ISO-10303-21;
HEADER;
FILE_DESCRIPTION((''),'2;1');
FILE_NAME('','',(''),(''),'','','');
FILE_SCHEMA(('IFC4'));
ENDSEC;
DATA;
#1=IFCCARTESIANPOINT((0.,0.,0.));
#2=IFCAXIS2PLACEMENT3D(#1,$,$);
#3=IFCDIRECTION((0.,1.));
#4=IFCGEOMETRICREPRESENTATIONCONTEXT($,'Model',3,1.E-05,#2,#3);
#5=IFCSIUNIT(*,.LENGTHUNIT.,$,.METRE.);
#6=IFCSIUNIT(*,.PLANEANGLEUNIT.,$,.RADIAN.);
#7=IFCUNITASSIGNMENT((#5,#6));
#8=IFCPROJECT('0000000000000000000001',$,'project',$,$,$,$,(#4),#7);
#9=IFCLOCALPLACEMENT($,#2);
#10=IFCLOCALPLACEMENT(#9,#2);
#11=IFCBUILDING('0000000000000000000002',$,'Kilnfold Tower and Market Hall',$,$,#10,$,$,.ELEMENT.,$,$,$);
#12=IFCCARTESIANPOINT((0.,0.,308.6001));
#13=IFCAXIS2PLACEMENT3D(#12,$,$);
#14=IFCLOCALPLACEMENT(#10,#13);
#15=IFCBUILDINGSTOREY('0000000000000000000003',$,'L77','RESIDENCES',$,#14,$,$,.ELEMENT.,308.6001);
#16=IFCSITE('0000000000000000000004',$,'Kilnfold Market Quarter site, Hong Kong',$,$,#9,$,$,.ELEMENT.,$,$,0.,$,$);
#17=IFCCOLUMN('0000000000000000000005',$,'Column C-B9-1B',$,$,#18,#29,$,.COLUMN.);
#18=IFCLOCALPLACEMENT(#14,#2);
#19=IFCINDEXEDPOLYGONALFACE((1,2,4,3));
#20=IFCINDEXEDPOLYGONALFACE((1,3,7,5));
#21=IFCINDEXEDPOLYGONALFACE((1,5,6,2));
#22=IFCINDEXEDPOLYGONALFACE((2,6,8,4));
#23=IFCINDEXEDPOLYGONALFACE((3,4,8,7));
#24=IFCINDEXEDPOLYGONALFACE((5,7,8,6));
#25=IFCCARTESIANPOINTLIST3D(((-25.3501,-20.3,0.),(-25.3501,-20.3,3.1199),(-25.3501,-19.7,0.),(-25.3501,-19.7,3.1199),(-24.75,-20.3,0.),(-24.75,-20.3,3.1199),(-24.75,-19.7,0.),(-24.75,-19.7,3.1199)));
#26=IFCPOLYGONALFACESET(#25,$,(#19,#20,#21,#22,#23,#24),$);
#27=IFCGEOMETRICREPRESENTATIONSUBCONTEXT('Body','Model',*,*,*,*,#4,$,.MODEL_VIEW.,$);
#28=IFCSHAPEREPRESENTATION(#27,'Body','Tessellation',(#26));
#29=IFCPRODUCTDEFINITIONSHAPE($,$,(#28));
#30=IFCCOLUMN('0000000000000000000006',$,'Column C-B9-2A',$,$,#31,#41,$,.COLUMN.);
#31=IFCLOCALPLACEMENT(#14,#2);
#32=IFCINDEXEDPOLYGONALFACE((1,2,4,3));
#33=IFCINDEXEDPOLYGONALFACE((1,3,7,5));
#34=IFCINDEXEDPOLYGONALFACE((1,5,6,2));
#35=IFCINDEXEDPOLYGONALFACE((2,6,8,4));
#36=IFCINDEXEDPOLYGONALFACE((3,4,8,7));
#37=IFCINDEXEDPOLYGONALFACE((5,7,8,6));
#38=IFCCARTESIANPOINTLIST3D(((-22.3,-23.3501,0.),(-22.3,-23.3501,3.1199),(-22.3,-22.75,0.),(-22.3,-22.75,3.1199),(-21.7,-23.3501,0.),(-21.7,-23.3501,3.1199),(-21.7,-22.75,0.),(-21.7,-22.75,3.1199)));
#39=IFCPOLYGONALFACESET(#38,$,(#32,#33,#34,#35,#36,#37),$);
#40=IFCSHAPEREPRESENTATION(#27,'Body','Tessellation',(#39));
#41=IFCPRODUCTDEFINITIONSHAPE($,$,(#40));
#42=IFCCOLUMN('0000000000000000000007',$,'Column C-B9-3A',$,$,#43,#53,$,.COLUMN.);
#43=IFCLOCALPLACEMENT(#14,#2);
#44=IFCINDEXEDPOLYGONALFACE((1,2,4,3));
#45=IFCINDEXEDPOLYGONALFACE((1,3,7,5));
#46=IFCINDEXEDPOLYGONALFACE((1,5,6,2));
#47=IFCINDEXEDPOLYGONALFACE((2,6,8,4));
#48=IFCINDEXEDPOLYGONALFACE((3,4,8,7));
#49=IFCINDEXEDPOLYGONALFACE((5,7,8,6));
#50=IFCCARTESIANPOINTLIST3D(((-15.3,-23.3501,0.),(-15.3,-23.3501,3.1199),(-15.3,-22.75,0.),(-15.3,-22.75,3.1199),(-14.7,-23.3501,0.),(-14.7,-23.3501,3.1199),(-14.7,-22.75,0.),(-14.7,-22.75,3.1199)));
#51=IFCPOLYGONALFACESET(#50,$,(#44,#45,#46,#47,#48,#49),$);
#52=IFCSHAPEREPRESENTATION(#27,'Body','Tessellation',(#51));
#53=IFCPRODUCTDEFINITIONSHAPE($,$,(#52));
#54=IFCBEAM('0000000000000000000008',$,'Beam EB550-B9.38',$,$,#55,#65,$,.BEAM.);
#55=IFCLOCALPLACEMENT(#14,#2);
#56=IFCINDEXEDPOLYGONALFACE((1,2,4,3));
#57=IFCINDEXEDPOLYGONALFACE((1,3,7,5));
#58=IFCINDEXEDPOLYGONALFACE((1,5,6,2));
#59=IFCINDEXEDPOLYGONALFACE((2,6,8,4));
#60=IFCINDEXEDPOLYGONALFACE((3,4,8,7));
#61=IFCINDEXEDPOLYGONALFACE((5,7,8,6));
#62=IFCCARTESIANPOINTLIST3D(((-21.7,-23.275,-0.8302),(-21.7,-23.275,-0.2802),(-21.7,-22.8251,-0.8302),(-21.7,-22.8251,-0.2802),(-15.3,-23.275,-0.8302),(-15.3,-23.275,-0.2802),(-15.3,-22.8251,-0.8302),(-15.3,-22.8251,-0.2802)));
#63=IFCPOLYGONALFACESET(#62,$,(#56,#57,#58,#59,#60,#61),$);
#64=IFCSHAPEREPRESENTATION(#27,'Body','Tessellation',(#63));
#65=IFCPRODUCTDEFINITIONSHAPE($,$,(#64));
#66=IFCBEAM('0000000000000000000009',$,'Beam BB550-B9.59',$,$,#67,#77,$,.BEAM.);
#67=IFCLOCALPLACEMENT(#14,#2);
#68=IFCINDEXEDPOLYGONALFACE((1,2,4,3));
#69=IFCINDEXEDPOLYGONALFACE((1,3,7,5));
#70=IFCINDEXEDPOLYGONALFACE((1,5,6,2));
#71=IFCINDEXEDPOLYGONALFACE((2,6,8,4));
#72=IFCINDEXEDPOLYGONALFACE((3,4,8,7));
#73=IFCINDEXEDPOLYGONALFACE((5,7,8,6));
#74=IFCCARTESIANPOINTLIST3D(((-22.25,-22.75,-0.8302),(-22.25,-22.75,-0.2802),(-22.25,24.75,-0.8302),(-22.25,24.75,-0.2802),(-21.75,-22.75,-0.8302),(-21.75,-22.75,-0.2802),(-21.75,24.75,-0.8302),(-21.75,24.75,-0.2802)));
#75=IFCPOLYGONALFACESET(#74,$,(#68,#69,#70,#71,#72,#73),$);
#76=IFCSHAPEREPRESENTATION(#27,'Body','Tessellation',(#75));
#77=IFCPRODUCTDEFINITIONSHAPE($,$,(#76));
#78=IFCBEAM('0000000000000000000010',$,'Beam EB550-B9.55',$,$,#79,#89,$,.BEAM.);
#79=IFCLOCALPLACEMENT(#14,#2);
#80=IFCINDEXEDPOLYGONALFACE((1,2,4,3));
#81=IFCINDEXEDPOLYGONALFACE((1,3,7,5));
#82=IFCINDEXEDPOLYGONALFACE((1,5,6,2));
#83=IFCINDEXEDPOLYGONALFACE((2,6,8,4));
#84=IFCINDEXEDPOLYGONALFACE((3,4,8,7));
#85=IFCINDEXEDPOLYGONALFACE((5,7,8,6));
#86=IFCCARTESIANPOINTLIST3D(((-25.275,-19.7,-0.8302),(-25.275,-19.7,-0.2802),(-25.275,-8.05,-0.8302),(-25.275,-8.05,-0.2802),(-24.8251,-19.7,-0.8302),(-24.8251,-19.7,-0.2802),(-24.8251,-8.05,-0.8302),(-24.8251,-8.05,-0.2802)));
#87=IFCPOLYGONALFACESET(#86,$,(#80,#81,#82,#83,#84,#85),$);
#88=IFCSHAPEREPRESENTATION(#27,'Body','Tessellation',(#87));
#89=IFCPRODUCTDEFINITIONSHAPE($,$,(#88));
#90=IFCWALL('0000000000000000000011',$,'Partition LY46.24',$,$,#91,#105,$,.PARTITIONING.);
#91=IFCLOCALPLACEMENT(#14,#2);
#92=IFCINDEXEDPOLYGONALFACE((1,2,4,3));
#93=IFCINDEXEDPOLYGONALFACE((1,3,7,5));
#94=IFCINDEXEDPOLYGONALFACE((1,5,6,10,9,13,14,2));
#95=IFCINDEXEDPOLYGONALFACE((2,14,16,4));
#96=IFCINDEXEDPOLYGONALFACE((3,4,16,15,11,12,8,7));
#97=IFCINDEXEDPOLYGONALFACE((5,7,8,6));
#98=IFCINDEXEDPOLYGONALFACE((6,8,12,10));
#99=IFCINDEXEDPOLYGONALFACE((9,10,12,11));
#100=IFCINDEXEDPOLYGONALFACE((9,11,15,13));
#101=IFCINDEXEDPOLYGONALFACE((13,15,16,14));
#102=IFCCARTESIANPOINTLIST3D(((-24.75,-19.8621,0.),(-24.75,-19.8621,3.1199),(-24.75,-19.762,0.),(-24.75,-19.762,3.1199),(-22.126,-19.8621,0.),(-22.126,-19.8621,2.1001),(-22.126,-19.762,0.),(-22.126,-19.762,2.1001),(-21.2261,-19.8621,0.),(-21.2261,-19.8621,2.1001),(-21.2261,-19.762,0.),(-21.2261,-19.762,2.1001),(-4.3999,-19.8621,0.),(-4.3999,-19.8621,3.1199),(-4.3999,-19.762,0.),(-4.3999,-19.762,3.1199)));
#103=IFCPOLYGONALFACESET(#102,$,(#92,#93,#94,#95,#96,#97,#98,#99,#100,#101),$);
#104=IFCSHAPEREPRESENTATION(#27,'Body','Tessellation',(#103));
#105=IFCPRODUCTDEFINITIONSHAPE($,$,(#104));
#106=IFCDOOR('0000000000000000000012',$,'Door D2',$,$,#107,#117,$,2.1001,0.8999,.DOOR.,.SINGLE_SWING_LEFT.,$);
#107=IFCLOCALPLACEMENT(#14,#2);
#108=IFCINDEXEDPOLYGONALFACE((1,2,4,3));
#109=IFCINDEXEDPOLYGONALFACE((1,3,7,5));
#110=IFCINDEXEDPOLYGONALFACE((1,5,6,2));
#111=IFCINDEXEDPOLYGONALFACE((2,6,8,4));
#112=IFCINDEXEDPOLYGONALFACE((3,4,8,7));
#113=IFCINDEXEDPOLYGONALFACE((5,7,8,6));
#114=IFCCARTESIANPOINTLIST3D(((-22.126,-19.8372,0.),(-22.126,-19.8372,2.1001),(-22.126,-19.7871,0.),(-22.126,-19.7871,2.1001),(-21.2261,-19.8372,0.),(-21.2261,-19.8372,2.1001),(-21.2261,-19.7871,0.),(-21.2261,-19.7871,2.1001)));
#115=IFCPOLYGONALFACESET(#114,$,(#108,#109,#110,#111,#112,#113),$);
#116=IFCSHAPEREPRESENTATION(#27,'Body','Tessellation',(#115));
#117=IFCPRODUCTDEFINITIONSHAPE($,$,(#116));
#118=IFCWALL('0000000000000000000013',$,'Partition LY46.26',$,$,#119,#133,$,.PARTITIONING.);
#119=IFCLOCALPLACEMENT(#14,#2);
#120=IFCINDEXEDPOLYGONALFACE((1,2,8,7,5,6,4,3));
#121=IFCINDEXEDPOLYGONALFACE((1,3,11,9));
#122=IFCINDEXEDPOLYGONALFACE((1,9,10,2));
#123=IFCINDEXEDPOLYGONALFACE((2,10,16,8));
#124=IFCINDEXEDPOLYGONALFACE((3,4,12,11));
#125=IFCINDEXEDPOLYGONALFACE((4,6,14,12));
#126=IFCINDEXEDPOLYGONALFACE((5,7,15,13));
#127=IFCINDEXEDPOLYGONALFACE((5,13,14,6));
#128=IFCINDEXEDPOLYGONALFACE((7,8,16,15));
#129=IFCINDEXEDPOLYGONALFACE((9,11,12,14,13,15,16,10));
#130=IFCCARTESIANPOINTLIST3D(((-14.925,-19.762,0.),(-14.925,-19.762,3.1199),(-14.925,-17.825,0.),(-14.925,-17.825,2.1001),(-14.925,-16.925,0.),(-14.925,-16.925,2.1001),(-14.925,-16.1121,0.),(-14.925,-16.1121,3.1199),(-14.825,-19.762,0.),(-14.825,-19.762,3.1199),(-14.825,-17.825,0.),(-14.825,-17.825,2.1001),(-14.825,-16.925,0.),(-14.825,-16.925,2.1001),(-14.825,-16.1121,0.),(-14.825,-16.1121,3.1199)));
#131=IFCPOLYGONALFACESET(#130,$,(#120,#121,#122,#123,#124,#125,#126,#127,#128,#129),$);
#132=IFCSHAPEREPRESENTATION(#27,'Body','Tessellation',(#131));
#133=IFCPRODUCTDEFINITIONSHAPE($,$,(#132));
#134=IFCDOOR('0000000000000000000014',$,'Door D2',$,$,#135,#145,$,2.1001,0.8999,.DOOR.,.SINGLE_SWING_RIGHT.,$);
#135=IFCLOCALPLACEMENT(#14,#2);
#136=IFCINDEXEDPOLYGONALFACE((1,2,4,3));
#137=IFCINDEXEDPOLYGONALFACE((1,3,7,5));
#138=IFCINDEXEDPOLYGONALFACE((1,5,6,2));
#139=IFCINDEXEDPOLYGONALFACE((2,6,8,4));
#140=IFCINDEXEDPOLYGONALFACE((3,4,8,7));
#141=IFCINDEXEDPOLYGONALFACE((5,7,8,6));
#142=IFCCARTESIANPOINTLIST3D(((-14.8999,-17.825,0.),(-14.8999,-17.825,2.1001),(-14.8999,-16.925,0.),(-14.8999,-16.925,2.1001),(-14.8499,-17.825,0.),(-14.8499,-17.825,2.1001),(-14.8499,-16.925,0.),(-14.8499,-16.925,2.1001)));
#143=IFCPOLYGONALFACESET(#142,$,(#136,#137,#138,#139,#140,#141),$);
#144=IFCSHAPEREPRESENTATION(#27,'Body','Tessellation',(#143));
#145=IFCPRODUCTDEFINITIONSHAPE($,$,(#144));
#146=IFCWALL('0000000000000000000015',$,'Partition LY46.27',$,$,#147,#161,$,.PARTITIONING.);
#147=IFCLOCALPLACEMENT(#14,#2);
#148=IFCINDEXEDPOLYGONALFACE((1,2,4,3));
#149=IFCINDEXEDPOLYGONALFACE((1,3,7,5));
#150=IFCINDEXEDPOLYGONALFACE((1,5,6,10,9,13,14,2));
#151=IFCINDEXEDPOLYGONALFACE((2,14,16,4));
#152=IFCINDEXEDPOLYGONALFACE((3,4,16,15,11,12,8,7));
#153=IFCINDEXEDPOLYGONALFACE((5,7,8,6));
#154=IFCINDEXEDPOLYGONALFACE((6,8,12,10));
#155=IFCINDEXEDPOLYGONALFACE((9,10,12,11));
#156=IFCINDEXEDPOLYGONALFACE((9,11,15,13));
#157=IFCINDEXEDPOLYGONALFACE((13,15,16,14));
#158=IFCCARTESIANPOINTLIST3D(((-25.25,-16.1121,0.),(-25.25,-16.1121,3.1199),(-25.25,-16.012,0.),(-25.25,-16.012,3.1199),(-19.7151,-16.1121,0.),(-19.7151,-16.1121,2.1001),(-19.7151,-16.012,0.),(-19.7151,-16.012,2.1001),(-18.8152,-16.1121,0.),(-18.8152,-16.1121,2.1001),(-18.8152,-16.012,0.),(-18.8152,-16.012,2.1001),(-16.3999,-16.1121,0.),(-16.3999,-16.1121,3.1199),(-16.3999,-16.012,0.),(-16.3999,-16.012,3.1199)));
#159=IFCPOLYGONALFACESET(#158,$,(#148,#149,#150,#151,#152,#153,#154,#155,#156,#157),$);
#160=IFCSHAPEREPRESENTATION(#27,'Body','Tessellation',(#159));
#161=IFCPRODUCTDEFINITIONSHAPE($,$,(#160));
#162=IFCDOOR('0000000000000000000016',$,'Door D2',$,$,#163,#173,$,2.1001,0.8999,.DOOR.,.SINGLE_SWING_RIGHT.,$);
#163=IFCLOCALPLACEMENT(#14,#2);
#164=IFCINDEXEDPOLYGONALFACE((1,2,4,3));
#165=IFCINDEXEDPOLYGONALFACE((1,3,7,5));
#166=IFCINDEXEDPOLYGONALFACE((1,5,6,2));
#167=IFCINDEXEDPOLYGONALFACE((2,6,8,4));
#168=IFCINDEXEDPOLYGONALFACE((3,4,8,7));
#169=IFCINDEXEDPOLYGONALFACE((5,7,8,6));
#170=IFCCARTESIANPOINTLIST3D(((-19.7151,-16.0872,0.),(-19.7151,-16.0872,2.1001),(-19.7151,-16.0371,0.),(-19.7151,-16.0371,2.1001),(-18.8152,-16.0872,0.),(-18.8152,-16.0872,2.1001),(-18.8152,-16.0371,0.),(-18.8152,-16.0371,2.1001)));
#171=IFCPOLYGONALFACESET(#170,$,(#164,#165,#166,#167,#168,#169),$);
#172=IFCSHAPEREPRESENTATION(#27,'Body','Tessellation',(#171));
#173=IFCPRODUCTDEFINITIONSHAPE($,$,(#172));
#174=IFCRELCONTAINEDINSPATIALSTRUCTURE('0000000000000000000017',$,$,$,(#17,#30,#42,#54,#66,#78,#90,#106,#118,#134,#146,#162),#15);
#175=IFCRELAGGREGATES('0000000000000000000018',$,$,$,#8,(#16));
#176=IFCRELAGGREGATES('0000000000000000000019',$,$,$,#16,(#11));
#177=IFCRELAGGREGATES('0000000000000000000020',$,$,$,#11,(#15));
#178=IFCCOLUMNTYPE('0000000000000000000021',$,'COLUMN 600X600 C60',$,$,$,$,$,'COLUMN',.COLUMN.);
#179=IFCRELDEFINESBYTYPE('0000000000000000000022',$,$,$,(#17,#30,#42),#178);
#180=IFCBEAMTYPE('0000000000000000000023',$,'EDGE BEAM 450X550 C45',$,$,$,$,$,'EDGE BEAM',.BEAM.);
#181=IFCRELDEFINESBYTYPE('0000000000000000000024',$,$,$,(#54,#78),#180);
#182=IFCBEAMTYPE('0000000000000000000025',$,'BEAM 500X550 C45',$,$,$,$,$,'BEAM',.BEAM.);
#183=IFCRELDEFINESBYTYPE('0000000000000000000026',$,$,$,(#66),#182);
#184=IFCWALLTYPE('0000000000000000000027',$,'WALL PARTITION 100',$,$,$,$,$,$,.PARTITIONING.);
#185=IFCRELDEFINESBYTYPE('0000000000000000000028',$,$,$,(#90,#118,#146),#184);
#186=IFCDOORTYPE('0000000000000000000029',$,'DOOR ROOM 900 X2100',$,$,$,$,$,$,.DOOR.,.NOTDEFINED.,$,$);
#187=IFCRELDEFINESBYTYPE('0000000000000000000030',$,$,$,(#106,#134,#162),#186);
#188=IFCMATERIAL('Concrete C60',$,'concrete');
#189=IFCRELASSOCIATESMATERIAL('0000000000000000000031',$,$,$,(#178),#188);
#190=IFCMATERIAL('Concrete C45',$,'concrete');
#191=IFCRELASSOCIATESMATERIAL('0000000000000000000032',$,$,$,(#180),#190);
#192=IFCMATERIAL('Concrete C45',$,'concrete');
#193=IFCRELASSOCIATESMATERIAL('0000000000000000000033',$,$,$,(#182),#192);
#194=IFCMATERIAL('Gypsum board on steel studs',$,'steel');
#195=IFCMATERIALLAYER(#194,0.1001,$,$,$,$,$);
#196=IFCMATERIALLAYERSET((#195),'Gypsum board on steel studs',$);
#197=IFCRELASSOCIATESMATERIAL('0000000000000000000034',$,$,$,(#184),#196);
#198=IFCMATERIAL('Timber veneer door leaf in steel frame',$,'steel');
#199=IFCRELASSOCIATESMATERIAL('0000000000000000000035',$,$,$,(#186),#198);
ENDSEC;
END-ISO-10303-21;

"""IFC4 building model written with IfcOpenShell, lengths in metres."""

from ifc_helpers import new_model, si_unit, direction, frame, frame_2d, origin, origin_2d, place, context, subcontext, project, spatial, rectangle, extrude, source, transform, mapped, material, layer, layer_set, material_profile, profile_set, type_object, element, fill, save


model = new_model("IFC4")

# Units and contexts
model_context = context("Model", 3, precision=1e-05, world=origin(), true_north=direction((0.0, 1.0)))
body_context = subcontext(model_context, "Body", "Model", "MODEL_VIEW")
ifc_project = project(units=[si_unit("LENGTHUNIT", "METRE"), si_unit("PLANEANGLEUNIT", "RADIAN")], contexts=[model_context])

# Site, building, storey
site_placement = place(None, origin())
site = spatial("IfcSite", under=ifc_project, at=site_placement, Name="Kilnfold Market Quarter site, Hong Kong", CompositionType="ELEMENT", RefElevation=0.0)
building_placement = place(site_placement, origin())
building = spatial("IfcBuilding", under=site, at=building_placement, Name="Kilnfold Tower and Market Hall", CompositionType="ELEMENT")
storey_placement = place(building_placement, frame((0.0, 0.0, 308.6001)))
storey = spatial("IfcBuildingStorey", under=building, at=storey_placement, Name="L77", Description="RESIDENCES", CompositionType="ELEMENT", Elevation=308.6001)

# Columns
ifc_material_1 = material(Name="Concrete C60", Category="concrete")
ifc_material_profile_1 = material_profile(ifc_material_1, rectangle(XDim=0.6001, YDim=0.6001, at=origin_2d()), Name="RC 600x600")
ifc_profile_set_1 = profile_set([ifc_material_profile_1], Name="Concrete C60")
column_type = type_object("IfcColumnType", Name="COLUMN 600X600 C60", ElementType="COLUMN", PredefinedType="COLUMN", material=ifc_profile_set_1)
shared_shape_1 = source(origin(), body_context, "Body", "SweptSolid", [
    extrude(rectangle(XDim=0.6001, YDim=0.6001, at=origin_2d()), origin(), (0.0, 0.0, 1.0), 3.1199),
])
for number, where, z_axis, x_axis, name in (
    (1, (-25.05, -20.0, 0.0), (0.0, 0.0, 1.0), (1.0, 0.0, 0.0), "Column C-B9-1B"),
    (2, (-22.0, -23.05, 0.0), (0.0, 0.0, 1.0), (1.0, 0.0, 0.0), "Column C-B9-2A"),
    (3, (-15.0, -23.05, 0.0), (0.0, 0.0, 1.0), (1.0, 0.0, 0.0), "Column C-B9-3A"),
):
    element("IfcColumn", number, at=place(storey_placement, frame(where, z_axis=z_axis, x_axis=x_axis)), inside=storey, type_object=column_type, Name=name, PredefinedType="COLUMN", context=body_context, shape_type="MappedRepresentation", body=[
        mapped(shared_shape_1, transform((0.0, 0.0, 0.0))),
    ])

# Beams
ifc_material_2 = material(Name="Concrete C45", Category="concrete")
ifc_material_profile_2 = material_profile(ifc_material_2, rectangle(XDim=0.45, YDim=0.55, at=origin_2d()), Name="RC 450x550")
ifc_profile_set_2 = profile_set([ifc_material_profile_2], Name="Concrete C45")
beam_type_1 = type_object("IfcBeamType", Name="EDGE BEAM 450X550 C45", ElementType="EDGE BEAM", PredefinedType="BEAM", material=ifc_profile_set_2)
shared_shape_2 = source(origin(), body_context, "Body", "SweptSolid", [
    extrude(rectangle(XDim=0.45, YDim=0.55, at=origin_2d()), origin(), (0.0, 0.0, 1.0), 6.3999),
])
beam_1_placement = place(storey_placement, frame((-21.7, -23.05, -0.5552), z_axis=(1.0, 0.0, 0.0), x_axis=(0.0, 1.0, 0.0)))
element("IfcBeam", 4, at=beam_1_placement, inside=storey, type_object=beam_type_1, Name="Beam EB550-B9.38", PredefinedType="BEAM", context=body_context, shape_type="MappedRepresentation", body=[
    mapped(shared_shape_2, transform((0.0, 0.0, 0.0))),
])
ifc_material_3 = material(Name="Concrete C45", Category="concrete")
ifc_material_profile_3 = material_profile(ifc_material_3, rectangle(XDim=0.5, YDim=0.55, at=origin_2d()), Name="RC 500x550")
ifc_profile_set_3 = profile_set([ifc_material_profile_3], Name="Concrete C45")
beam_type_2 = type_object("IfcBeamType", Name="BEAM 500X550 C45", ElementType="BEAM", PredefinedType="BEAM", material=ifc_profile_set_3)
shared_shape_3 = source(origin(), body_context, "Body", "SweptSolid", [
    extrude(rectangle(XDim=0.5, YDim=0.55, at=origin_2d()), origin(), (0.0, 0.0, 1.0), 47.5),
])
beam_2_placement = place(storey_placement, frame((-22.0, -22.75, -0.5552), z_axis=(0.0, 1.0, 0.0), x_axis=(-1.0, 0.0, 0.0)))
element("IfcBeam", 5, at=beam_2_placement, inside=storey, type_object=beam_type_2, Name="Beam BB550-B9.59", PredefinedType="BEAM", context=body_context, shape_type="MappedRepresentation", body=[
    mapped(shared_shape_3, transform((0.0, 0.0, 0.0))),
])
shared_shape_4 = source(origin(), body_context, "Body", "SweptSolid", [
    extrude(rectangle(XDim=0.45, YDim=0.55, at=origin_2d()), origin(), (0.0, 0.0, 1.0), 11.6499),
])
beam_3_placement = place(storey_placement, frame((-25.05, -19.7, -0.5552), z_axis=(0.0, 1.0, 0.0), x_axis=(-1.0, 0.0, 0.0)))
element("IfcBeam", 6, at=beam_3_placement, inside=storey, type_object=beam_type_1, Name="Beam EB550-B9.55", PredefinedType="BEAM", context=body_context, shape_type="MappedRepresentation", body=[
    mapped(shared_shape_4, transform((0.0, 0.0, 0.0))),
])

# Walls, openings, doors
ifc_material_4 = material(Name="Gypsum board on steel studs", Category="steel")
ifc_layer_1 = layer(ifc_material_4, 0.1001)
ifc_layer_set_1 = layer_set([ifc_layer_1], Name="Gypsum board on steel studs")
wall_type_1 = type_object("IfcWallType", Name="WALL PARTITION 100", PredefinedType="PARTITIONING", material=ifc_layer_set_1)
wall_1_placement = place(storey_placement, frame((-24.75, -19.812, 0.0), z_axis=(0.0, 0.0, 1.0), x_axis=(1.0, 0.0, 0.0)))
wall_1 = element("IfcWall", 7, at=wall_1_placement, inside=storey, type_object=wall_type_1, Name="Partition LY46.24", PredefinedType="PARTITIONING", context=body_context, shape_type="SweptSolid", body=[
    extrude(rectangle(XDim=20.3501, YDim=0.1001, at=frame_2d((10.175, 0.0))), origin(), (0.0, 0.0, 1.0), 3.1199),
])
opening_1_placement = place(wall_1_placement, frame((2.624, 0.0, 0.0)))
opening_1 = element("IfcOpeningElement", 8, at=opening_1_placement, cuts=wall_1, PredefinedType="OPENING", context=body_context, shape_type="SweptSolid", body=[
    extrude(rectangle(XDim=0.8999, YDim=2.1001, at=frame_2d((0.45, 1.05))), frame((0.0, 0.0601, 0.0), z_axis=(0.0, -1.0, 0.0), x_axis=(1.0, 0.0, 0.0)), (0.0, 0.0, 1.0), 0.1201),
])
ifc_material_5 = material(Name="Timber veneer door leaf in steel frame", Category="steel")
door_type_1 = type_object("IfcDoorType", Name="DOOR ROOM 900 X2100", OperationType="NOTDEFINED", PredefinedType="DOOR", material=ifc_material_5)
door_1_placement = place(opening_1_placement, origin())
door_1 = element("IfcDoor", 9, at=door_1_placement, inside=storey, type_object=door_type_1, Name="Door D2", OperationType="SINGLE_SWING_LEFT", OverallHeight=2.1001, OverallWidth=0.8999, PredefinedType="DOOR", context=body_context, shape_type="SweptSolid", body=[
    extrude(rectangle(XDim=0.8999, YDim=2.1001, at=frame_2d((0.45, 1.05))), frame((0.0, 0.0249, 0.0), z_axis=(0.0, -1.0, 0.0), x_axis=(1.0, 0.0, 0.0)), (0.0, 0.0, 1.0), 0.05),
])
fill(opening_1, door_1)
wall_2_placement = place(storey_placement, frame((-14.875, -19.762, 0.0), z_axis=(0.0, 0.0, 1.0), x_axis=(0.0, 1.0, 0.0)))
wall_2 = element("IfcWall", 10, at=wall_2_placement, inside=storey, type_object=wall_type_1, Name="Partition LY46.26", PredefinedType="PARTITIONING", context=body_context, shape_type="SweptSolid", body=[
    extrude(rectangle(XDim=3.6499, YDim=0.1001, at=frame_2d((1.825, 0.0))), origin(), (0.0, 0.0, 1.0), 3.1199),
])
opening_2_placement = place(wall_2_placement, frame((1.937, 0.0, 0.0)))
opening_2 = element("IfcOpeningElement", 11, at=opening_2_placement, cuts=wall_2, PredefinedType="OPENING", context=body_context, shape_type="SweptSolid", body=[
    extrude(rectangle(XDim=0.8999, YDim=2.1001, at=frame_2d((0.45, 1.05))), frame((0.0, 0.0601, 0.0), z_axis=(0.0, -1.0, 0.0), x_axis=(1.0, 0.0, 0.0)), (0.0, 0.0, 1.0), 0.1201),
])
door_2_placement = place(opening_2_placement, origin())
door_2 = element("IfcDoor", 12, at=door_2_placement, inside=storey, type_object=door_type_1, Name="Door D2", OperationType="SINGLE_SWING_RIGHT", OverallHeight=2.1001, OverallWidth=0.8999, PredefinedType="DOOR", context=body_context, shape_type="SweptSolid", body=[
    extrude(rectangle(XDim=0.8999, YDim=2.1001, at=frame_2d((0.45, 1.05))), frame((0.0, 0.0249, 0.0), z_axis=(0.0, -1.0, 0.0), x_axis=(1.0, 0.0, 0.0)), (0.0, 0.0, 1.0), 0.05),
])
fill(opening_2, door_2)
wall_3_placement = place(storey_placement, frame((-25.25, -16.062, 0.0), z_axis=(0.0, 0.0, 1.0), x_axis=(1.0, 0.0, 0.0)))
wall_3 = element("IfcWall", 13, at=wall_3_placement, inside=storey, type_object=wall_type_1, Name="Partition LY46.27", PredefinedType="PARTITIONING", context=body_context, shape_type="SweptSolid", body=[
    extrude(rectangle(XDim=8.8501, YDim=0.1001, at=frame_2d((4.425, 0.0))), origin(), (0.0, 0.0, 1.0), 3.1199),
])
opening_3_placement = place(wall_3_placement, frame((5.5349, 0.0, 0.0)))
opening_3 = element("IfcOpeningElement", 14, at=opening_3_placement, cuts=wall_3, PredefinedType="OPENING", context=body_context, shape_type="SweptSolid", body=[
    extrude(rectangle(XDim=0.8999, YDim=2.1001, at=frame_2d((0.45, 1.05))), frame((0.0, 0.0601, 0.0), z_axis=(0.0, -1.0, 0.0), x_axis=(1.0, 0.0, 0.0)), (0.0, 0.0, 1.0), 0.1201),
])
door_3_placement = place(opening_3_placement, origin())
door_3 = element("IfcDoor", 15, at=door_3_placement, inside=storey, type_object=door_type_1, Name="Door D2", OperationType="SINGLE_SWING_RIGHT", OverallHeight=2.1001, OverallWidth=0.8999, PredefinedType="DOOR", context=body_context, shape_type="SweptSolid", body=[
    extrude(rectangle(XDim=0.8999, YDim=2.1001, at=frame_2d((0.45, 1.05))), frame((0.0, 0.0249, 0.0), z_axis=(0.0, -1.0, 0.0), x_axis=(1.0, 0.0, 0.0)), (0.0, 0.0, 1.0), 0.05),
])
fill(opening_3, door_3)

save(model, "model.ifc")
